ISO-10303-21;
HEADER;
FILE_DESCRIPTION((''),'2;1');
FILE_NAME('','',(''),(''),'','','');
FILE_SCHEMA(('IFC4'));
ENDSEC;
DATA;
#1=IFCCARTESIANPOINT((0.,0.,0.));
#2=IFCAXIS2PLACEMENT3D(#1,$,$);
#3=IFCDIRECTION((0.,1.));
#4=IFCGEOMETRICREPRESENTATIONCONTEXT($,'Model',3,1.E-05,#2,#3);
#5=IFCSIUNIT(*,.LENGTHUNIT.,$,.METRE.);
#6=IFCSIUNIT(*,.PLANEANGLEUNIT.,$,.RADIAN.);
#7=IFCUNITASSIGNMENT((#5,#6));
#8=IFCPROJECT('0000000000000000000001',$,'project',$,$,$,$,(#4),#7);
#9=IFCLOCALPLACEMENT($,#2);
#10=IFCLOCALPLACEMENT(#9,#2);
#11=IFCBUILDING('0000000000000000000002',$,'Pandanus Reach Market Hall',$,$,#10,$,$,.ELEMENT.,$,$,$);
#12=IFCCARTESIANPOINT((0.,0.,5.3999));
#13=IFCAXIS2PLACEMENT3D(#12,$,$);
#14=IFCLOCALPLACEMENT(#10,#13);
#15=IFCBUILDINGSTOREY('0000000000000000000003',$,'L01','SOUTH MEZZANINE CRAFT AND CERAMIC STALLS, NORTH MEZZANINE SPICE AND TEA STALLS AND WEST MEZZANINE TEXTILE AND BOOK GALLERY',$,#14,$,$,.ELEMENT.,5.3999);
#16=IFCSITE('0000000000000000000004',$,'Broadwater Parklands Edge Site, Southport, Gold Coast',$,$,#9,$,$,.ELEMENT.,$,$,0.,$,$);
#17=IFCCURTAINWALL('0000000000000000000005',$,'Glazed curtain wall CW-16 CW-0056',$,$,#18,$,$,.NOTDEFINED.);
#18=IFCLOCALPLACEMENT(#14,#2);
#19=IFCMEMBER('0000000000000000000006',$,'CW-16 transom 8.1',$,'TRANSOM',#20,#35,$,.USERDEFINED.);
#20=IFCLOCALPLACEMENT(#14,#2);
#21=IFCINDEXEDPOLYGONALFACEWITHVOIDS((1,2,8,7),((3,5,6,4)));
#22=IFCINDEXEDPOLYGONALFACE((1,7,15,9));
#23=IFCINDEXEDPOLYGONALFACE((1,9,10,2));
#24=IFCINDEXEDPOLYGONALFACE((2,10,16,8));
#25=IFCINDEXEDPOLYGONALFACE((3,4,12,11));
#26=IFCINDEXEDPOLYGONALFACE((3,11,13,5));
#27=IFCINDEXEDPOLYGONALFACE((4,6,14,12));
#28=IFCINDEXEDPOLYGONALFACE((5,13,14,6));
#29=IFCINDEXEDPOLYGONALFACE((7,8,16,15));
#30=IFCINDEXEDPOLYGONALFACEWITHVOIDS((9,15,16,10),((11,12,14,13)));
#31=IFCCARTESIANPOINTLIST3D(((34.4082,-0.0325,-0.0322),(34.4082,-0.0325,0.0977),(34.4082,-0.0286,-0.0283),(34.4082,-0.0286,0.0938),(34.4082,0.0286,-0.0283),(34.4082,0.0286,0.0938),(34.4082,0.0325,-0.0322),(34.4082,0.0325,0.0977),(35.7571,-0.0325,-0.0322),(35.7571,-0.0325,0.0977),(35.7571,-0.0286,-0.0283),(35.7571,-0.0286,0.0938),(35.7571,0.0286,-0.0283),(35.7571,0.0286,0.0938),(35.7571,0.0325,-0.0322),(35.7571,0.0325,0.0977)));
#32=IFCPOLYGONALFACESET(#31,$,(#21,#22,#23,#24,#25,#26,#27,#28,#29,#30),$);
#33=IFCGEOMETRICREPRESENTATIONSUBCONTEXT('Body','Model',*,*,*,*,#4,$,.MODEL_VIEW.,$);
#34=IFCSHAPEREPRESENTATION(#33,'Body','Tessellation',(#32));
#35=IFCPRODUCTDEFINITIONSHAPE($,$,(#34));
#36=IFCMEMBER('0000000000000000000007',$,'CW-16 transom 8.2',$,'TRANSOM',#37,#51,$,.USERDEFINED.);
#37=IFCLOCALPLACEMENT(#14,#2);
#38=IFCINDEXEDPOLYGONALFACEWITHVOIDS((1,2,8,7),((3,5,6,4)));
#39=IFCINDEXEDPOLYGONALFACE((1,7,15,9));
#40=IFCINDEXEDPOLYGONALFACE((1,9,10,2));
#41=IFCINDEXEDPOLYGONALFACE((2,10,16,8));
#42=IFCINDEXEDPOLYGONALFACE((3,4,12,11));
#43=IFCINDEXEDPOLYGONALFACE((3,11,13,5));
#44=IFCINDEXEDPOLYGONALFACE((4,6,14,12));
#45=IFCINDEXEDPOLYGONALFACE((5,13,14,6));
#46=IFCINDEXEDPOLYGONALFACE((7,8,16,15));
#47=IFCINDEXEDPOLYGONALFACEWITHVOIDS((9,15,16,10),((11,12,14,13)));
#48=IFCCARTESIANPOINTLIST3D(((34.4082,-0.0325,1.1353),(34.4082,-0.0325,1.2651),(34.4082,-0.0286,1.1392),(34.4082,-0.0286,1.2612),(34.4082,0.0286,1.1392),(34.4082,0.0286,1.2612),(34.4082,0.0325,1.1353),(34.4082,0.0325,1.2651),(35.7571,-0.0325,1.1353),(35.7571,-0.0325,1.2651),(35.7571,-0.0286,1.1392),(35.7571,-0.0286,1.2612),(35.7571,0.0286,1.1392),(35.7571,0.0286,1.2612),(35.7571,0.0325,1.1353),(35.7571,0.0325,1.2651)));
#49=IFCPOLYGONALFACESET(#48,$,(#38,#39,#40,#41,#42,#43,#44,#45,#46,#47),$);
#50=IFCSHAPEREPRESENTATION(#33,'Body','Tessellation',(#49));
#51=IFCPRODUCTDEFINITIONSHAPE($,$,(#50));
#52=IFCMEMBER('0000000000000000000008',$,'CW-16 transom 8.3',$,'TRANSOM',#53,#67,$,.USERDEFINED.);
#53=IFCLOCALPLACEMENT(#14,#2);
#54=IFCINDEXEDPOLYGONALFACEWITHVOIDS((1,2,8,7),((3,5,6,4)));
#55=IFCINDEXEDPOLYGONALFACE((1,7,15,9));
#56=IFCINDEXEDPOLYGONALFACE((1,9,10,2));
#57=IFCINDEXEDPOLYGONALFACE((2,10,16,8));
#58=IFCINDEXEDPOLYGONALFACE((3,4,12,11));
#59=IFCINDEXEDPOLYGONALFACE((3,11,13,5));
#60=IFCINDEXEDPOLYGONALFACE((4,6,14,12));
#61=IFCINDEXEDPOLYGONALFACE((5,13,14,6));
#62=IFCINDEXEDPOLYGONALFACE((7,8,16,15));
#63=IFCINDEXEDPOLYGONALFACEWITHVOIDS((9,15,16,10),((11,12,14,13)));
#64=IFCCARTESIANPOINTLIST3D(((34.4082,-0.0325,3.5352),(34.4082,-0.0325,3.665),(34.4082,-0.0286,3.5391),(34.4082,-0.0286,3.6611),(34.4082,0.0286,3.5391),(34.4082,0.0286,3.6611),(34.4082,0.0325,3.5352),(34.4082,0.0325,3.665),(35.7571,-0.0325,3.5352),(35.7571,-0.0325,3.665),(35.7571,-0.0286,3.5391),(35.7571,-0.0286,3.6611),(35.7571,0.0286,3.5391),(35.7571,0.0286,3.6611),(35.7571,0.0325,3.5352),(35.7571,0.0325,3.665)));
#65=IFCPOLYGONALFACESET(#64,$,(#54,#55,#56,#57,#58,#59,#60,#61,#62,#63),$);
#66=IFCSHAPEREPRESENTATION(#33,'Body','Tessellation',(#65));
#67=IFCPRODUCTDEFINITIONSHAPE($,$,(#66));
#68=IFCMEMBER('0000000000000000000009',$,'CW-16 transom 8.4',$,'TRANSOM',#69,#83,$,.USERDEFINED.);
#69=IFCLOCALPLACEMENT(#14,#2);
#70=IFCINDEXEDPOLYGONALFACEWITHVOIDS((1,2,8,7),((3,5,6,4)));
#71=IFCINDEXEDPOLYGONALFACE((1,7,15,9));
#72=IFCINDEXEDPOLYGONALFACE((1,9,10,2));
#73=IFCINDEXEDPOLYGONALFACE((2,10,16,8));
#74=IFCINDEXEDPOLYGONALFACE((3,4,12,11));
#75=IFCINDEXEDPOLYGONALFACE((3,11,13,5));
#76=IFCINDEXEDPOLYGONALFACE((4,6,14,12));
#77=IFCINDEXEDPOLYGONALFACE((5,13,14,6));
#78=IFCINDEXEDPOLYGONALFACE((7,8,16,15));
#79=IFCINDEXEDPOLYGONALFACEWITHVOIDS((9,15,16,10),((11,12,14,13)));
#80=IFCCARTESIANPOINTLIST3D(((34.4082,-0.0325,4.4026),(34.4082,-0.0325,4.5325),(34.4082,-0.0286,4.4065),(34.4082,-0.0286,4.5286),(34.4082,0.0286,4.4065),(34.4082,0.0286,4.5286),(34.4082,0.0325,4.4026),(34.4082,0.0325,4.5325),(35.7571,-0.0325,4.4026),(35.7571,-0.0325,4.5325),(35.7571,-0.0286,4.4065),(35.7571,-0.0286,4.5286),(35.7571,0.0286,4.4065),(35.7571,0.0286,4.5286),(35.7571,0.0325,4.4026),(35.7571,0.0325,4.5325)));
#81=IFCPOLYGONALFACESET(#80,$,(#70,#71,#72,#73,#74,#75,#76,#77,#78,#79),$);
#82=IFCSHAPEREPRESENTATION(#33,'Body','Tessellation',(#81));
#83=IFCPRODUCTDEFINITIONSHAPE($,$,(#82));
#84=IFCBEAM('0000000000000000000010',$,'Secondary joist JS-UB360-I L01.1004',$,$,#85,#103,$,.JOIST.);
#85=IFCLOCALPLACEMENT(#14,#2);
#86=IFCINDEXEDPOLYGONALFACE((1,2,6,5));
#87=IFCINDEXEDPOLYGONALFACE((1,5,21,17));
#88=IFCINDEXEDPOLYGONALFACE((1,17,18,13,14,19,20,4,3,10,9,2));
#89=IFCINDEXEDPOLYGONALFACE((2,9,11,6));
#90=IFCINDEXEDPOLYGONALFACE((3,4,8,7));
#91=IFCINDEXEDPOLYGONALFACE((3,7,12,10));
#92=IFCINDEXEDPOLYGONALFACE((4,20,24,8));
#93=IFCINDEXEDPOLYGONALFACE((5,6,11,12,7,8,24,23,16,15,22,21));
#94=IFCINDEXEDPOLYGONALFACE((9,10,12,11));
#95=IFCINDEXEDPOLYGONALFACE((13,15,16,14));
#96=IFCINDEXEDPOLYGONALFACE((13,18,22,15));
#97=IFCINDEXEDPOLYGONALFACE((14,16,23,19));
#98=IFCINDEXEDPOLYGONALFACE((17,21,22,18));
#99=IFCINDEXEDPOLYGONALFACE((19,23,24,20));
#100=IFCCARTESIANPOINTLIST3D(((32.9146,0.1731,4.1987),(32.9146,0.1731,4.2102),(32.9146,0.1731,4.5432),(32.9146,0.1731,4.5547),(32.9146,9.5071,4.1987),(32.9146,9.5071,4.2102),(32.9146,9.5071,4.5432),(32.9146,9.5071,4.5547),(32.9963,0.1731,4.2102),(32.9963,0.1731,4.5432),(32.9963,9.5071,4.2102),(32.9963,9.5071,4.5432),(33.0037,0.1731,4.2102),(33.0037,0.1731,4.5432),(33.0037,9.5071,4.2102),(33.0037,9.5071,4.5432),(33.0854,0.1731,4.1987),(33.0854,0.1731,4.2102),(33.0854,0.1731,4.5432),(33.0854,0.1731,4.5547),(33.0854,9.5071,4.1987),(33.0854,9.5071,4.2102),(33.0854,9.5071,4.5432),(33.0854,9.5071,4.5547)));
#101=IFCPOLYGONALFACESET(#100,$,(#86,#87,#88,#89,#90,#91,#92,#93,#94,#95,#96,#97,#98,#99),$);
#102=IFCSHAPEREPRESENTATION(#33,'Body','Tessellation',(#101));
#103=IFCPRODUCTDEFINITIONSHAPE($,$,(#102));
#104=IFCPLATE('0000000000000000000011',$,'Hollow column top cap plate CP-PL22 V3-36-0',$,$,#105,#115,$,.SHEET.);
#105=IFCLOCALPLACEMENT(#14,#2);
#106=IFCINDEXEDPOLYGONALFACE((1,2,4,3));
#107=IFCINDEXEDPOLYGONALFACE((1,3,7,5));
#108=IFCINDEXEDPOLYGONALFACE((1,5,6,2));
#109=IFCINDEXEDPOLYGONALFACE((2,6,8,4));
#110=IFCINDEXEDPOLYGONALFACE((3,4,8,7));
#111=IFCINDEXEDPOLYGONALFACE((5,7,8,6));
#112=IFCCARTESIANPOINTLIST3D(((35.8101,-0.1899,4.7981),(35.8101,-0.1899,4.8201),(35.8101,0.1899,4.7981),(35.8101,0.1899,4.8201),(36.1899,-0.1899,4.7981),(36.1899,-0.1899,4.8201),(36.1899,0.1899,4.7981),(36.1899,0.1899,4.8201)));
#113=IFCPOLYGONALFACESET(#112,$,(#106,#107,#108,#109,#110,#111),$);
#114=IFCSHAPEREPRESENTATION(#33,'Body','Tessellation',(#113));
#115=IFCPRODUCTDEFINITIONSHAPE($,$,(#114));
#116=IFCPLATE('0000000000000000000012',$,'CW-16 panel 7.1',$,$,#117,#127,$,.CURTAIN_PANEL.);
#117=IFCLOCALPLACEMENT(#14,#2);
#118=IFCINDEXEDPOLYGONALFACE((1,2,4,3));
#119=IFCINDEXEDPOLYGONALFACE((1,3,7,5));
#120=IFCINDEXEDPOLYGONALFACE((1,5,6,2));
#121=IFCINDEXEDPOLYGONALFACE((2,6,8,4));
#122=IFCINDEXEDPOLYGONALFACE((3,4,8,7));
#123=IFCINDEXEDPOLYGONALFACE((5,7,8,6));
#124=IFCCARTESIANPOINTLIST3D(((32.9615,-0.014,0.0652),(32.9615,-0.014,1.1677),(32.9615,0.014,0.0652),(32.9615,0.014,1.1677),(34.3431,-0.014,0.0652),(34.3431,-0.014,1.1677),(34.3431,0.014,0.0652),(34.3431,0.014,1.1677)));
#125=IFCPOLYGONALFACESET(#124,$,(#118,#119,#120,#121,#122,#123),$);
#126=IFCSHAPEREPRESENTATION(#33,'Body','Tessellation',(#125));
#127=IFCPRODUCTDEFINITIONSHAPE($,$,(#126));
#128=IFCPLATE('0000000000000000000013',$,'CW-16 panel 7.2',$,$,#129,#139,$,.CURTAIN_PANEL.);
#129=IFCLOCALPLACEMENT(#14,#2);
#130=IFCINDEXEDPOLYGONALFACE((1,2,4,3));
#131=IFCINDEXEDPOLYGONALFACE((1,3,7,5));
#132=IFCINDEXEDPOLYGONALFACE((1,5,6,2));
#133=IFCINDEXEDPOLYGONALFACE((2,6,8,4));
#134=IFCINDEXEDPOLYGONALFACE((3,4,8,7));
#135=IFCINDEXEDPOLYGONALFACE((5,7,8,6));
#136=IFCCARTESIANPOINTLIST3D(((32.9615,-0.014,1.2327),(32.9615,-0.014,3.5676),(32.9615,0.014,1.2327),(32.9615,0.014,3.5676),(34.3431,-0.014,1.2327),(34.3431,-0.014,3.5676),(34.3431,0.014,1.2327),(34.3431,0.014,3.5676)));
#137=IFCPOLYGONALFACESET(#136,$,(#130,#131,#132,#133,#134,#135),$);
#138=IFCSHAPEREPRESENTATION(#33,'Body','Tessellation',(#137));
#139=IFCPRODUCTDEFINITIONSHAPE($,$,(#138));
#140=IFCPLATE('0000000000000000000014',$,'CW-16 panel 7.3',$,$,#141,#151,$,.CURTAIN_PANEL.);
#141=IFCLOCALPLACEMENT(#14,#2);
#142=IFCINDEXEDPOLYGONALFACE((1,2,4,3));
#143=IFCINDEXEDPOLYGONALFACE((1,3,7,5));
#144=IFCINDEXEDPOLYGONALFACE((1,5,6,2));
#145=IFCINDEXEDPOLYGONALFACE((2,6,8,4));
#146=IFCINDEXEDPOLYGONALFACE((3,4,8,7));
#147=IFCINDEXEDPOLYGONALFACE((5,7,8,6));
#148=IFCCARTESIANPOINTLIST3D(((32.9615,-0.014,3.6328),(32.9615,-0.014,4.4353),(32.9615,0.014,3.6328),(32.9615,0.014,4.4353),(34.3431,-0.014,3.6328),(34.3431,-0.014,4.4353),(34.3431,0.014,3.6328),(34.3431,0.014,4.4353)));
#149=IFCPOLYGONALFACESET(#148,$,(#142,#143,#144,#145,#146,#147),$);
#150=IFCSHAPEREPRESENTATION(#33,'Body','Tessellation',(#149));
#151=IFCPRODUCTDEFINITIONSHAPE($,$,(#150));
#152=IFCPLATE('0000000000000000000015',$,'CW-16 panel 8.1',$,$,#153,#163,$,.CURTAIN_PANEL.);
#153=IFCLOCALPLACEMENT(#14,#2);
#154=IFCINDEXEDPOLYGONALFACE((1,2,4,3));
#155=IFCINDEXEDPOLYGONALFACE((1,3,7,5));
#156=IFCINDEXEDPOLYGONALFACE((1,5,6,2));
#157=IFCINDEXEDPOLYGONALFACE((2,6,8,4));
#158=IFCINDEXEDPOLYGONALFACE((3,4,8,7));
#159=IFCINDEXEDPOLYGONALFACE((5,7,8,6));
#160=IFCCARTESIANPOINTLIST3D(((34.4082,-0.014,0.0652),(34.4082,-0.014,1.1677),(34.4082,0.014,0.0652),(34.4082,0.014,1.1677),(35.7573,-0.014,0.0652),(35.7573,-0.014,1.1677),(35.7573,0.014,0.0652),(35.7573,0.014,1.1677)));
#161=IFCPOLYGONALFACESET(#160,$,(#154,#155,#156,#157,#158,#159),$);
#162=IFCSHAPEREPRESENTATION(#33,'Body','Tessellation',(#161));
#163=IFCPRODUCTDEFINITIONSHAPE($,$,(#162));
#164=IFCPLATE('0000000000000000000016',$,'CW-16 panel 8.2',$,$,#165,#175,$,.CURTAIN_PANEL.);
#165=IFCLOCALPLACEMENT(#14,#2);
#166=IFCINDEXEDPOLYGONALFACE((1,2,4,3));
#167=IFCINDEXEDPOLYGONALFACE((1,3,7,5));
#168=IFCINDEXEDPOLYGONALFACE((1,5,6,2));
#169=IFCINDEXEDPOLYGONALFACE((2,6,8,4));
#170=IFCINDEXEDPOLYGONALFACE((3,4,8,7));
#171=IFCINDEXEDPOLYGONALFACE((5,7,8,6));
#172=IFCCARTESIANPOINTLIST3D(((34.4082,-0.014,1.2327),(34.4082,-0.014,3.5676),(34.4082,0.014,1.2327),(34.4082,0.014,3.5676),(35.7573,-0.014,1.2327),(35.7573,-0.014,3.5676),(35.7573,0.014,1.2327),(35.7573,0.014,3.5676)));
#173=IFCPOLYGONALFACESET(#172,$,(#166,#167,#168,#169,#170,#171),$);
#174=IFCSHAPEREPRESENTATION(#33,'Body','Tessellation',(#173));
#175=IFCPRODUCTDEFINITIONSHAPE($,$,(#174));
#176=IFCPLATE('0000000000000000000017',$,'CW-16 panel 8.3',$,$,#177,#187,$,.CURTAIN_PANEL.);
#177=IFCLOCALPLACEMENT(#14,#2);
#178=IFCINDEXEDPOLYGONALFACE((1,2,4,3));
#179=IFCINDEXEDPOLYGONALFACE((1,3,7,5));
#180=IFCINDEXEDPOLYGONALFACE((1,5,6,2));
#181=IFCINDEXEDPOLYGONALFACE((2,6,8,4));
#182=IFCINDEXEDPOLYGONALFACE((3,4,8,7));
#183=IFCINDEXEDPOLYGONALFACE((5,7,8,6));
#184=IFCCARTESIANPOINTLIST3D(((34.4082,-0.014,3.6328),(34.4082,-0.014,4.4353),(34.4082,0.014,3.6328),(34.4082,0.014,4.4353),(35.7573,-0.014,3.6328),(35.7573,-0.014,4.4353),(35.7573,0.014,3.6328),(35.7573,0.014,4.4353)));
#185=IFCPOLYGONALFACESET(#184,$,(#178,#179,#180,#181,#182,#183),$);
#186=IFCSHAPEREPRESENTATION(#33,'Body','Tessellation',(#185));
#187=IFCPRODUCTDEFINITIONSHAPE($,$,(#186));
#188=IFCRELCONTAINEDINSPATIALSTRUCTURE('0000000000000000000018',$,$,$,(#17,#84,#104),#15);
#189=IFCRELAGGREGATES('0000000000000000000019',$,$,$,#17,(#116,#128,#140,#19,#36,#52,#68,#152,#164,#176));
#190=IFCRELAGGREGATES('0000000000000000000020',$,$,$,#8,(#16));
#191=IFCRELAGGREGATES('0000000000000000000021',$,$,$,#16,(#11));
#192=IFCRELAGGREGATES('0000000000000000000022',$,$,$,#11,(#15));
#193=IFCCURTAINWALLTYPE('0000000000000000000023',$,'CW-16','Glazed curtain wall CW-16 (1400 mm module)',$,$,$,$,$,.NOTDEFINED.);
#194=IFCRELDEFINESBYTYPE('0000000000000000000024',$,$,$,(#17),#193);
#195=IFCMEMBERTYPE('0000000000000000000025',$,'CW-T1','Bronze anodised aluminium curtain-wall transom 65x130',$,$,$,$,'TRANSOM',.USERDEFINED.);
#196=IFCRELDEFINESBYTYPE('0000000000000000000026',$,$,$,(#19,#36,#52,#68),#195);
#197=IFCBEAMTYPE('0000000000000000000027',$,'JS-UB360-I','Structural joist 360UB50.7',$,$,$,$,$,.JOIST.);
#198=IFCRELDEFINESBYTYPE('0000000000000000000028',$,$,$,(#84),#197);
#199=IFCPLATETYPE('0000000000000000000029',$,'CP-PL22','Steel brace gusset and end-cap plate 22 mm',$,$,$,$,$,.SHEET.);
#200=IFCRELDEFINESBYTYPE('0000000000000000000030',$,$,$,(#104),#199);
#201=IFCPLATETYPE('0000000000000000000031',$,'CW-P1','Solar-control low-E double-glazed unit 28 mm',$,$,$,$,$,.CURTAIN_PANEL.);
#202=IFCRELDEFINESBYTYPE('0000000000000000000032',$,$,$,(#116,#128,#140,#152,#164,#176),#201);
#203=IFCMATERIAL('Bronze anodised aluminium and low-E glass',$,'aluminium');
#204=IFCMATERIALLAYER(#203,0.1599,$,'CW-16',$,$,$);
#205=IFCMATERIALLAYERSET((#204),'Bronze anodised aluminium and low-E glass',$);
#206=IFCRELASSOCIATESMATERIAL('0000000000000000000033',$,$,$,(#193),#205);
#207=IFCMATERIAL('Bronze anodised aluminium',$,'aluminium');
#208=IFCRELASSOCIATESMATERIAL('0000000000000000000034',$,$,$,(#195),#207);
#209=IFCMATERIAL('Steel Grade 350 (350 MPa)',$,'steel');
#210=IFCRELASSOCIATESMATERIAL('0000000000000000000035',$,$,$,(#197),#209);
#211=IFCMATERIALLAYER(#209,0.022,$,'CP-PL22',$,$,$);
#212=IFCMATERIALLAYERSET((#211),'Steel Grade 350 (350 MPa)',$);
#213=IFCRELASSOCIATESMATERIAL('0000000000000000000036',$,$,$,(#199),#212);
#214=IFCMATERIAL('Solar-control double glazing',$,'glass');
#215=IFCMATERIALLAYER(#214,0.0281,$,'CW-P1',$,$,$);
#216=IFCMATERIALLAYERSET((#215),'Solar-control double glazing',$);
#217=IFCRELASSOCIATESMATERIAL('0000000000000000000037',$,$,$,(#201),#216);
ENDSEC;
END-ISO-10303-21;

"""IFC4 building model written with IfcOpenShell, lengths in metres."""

from ifc_helpers import new_model, si_unit, direction, frame, origin, origin_2d, place, context, subcontext, project, spatial, rectangle, hollow_rectangle, i_section, extrude, material, layer, layer_set, material_profile, profile_set, type_object, element, aggregate, save


model = new_model("IFC4")

# Units and contexts
model_context = context("Model", 3, precision=1e-05, world=origin(), true_north=direction((0.0, 1.0)))
body_context = subcontext(model_context, "Body", "Model", "MODEL_VIEW")
ifc_project = project(units=[si_unit("LENGTHUNIT", "METRE"), si_unit("PLANEANGLEUNIT", "RADIAN")], contexts=[model_context])

# Site, building, storey
site_placement = place(None, origin())
site = spatial("IfcSite", under=ifc_project, at=site_placement, Name="Broadwater Parklands Edge Site, Southport, Gold Coast", CompositionType="ELEMENT", RefElevation=0.0)
building_placement = place(site_placement, origin())
building = spatial("IfcBuilding", under=site, at=building_placement, Name="Pandanus Reach Market Hall", CompositionType="ELEMENT")
storey_placement = place(building_placement, frame((0.0, 0.0, 5.3999)))
storey = spatial("IfcBuildingStorey", under=building, at=storey_placement, Name="L01", Description="SOUTH MEZZANINE CRAFT AND CERAMIC STALLS, NORTH MEZZANINE SPICE AND TEA STALLS AND WEST MEZZANINE TEXTILE AND BOOK GALLERY", CompositionType="ELEMENT", Elevation=5.3999)

# Shared definitions
ifc_material_1 = material(Name="Steel Grade 350 (350 MPa)", Category="steel")

# Curtain wall
ifc_material_2 = material(Name="Bronze anodised aluminium and low-E glass", Category="aluminium")
ifc_layer_1 = layer(ifc_material_2, 0.1599, Name="CW-16")
ifc_layer_set_1 = layer_set([ifc_layer_1], Name="Bronze anodised aluminium and low-E glass")
curtain_wall_type_1 = type_object("IfcCurtainWallType", Name="CW-16", Description="Glazed curtain wall CW-16 (1400 mm module)", PredefinedType="NOTDEFINED", material=ifc_layer_set_1)
curtain_wall_1_placement = place(storey_placement, origin())
curtain_wall_1 = element("IfcCurtainWall", 1, at=curtain_wall_1_placement, inside=storey, type_object=curtain_wall_type_1, Name="Glazed curtain wall CW-16 CW-0056", PredefinedType="NOTDEFINED")
ifc_material_3 = material(Name="Bronze anodised aluminium", Category="aluminium")

# Members
ifc_material_profile_1 = material_profile(ifc_material_3, hollow_rectangle(XDim=0.0649, YDim=0.1299, WallThickness=0.0039, at=origin_2d()), Name="ALU65x130", Category="LoadBearing")
ifc_profile_set_1 = profile_set([ifc_material_profile_1], Name="Bronze anodised aluminium")
member_type_1 = type_object("IfcMemberType", Name="CW-T1", Description="Bronze anodised aluminium curtain-wall transom 65x130", ElementType="TRANSOM", PredefinedType="USERDEFINED", material=ifc_profile_set_1)
member_1_placement = place(storey_placement, frame((34.4082, 0.0, 0.0327), z_axis=(1.0, 0.0, 0.0), x_axis=(0.0, 1.0, 0.0)))
member_1 = element("IfcMember", 2, at=member_1_placement, type_object=member_type_1, Name="CW-16 transom 8.1", ObjectType="TRANSOM", PredefinedType="USERDEFINED", context=body_context, shape_type="SweptSolid", body=[
    extrude(hollow_rectangle(XDim=0.0649, YDim=0.1299, WallThickness=0.0039, at=origin_2d()), origin(), (0.0, 0.0, 1.0), 1.3489),
])
member_2_placement = place(storey_placement, frame((34.4082, 0.0, 1.2002), z_axis=(1.0, 0.0, 0.0), x_axis=(0.0, 1.0, 0.0)))
member_2 = element("IfcMember", 3, at=member_2_placement, type_object=member_type_1, Name="CW-16 transom 8.2", ObjectType="TRANSOM", PredefinedType="USERDEFINED", context=body_context, shape_type="SweptSolid", body=[
    extrude(hollow_rectangle(XDim=0.0649, YDim=0.1299, WallThickness=0.0039, at=origin_2d()), origin(), (0.0, 0.0, 1.0), 1.3489),
])
member_3_placement = place(storey_placement, frame((34.4082, 0.0, 3.6001), z_axis=(1.0, 0.0, 0.0), x_axis=(0.0, 1.0, 0.0)))
member_3 = element("IfcMember", 4, at=member_3_placement, type_object=member_type_1, Name="CW-16 transom 8.3", ObjectType="TRANSOM", PredefinedType="USERDEFINED", context=body_context, shape_type="SweptSolid", body=[
    extrude(hollow_rectangle(XDim=0.0649, YDim=0.1299, WallThickness=0.0039, at=origin_2d()), origin(), (0.0, 0.0, 1.0), 1.3489),
])
member_4_placement = place(storey_placement, frame((34.4082, 0.0, 4.4675), z_axis=(1.0, 0.0, 0.0), x_axis=(0.0, 1.0, 0.0)))
member_4 = element("IfcMember", 5, at=member_4_placement, type_object=member_type_1, Name="CW-16 transom 8.4", ObjectType="TRANSOM", PredefinedType="USERDEFINED", context=body_context, shape_type="SweptSolid", body=[
    extrude(hollow_rectangle(XDim=0.0649, YDim=0.1299, WallThickness=0.0039, at=origin_2d()), origin(), (0.0, 0.0, 1.0), 1.3489),
])

# Beam
ifc_material_profile_2 = material_profile(ifc_material_1, i_section(OverallWidth=0.1709, OverallDepth=0.356, WebThickness=0.0073, FlangeThickness=0.0115, at=origin_2d()), Name="360UB50.7", Category="LoadBearing")
ifc_profile_set_2 = profile_set([ifc_material_profile_2], Name="Steel Grade 350 (350 MPa)")
beam_type_1 = type_object("IfcBeamType", Name="JS-UB360-I", Description="Structural joist 360UB50.7", PredefinedType="JOIST", material=ifc_profile_set_2)
beam_1_placement = place(storey_placement, frame((33.0, 0.1731, 4.3767), z_axis=(0.0, 1.0, 0.0), x_axis=(-1.0, 0.0, 0.0)))
element("IfcBeam", 6, at=beam_1_placement, inside=storey, type_object=beam_type_1, Name="Secondary joist JS-UB360-I L01.1004", PredefinedType="JOIST", context=body_context, shape_type="SweptSolid", body=[
    extrude(i_section(OverallWidth=0.1709, OverallDepth=0.356, WebThickness=0.0073, FlangeThickness=0.0115, at=origin_2d()), origin(), (0.0, 0.0, 1.0), 9.334),
])

# Plates
ifc_layer_2 = layer(ifc_material_1, 0.022, Name="CP-PL22")
ifc_layer_set_2 = layer_set([ifc_layer_2], Name="Steel Grade 350 (350 MPa)")
plate_type_1 = type_object("IfcPlateType", Name="CP-PL22", Description="Steel brace gusset and end-cap plate 22 mm", PredefinedType="SHEET", material=ifc_layer_set_2)
plate_1_placement = place(storey_placement, frame((36.0, 0.0, 4.7981), z_axis=(0.0, 0.0, 1.0), x_axis=(1.0, 0.0, 0.0)))
element("IfcPlate", 7, at=plate_1_placement, inside=storey, type_object=plate_type_1, Name="Hollow column top cap plate CP-PL22 V3-36-0", PredefinedType="SHEET", context=body_context, shape_type="SweptSolid", body=[
    extrude(rectangle(XDim=0.3799, YDim=0.3799, at=origin_2d()), origin(), (0.0, 0.0, 1.0), 0.022),
])
ifc_material_4 = material(Name="Solar-control double glazing", Category="glass")
ifc_layer_3 = layer(ifc_material_4, 0.0281, Name="CW-P1")
ifc_layer_set_3 = layer_set([ifc_layer_3], Name="Solar-control double glazing")
plate_type_2 = type_object("IfcPlateType", Name="CW-P1", Description="Solar-control low-E double-glazed unit 28 mm", PredefinedType="CURTAIN_PANEL", material=ifc_layer_set_3)
plate_2_placement = place(storey_placement, frame((33.6523, 0.0, 0.0652), z_axis=(0.0, 0.0, 1.0), x_axis=(1.0, 0.0, 0.0)))
plate_2 = element("IfcPlate", 8, at=plate_2_placement, type_object=plate_type_2, Name="CW-16 panel 7.1", PredefinedType="CURTAIN_PANEL", context=body_context, shape_type="SweptSolid", body=[
    extrude(rectangle(XDim=1.3816, YDim=0.0281, at=origin_2d()), origin(), (0.0, 0.0, 1.0), 1.1025),
])
plate_3_placement = place(storey_placement, frame((33.6523, 0.0, 1.2327), z_axis=(0.0, 0.0, 1.0), x_axis=(1.0, 0.0, 0.0)))
plate_3 = element("IfcPlate", 9, at=plate_3_placement, type_object=plate_type_2, Name="CW-16 panel 7.2", PredefinedType="CURTAIN_PANEL", context=body_context, shape_type="SweptSolid", body=[
    extrude(rectangle(XDim=1.3816, YDim=0.0281, at=origin_2d()), origin(), (0.0, 0.0, 1.0), 2.335),
])
plate_4_placement = place(storey_placement, frame((33.6523, 0.0, 3.6328), z_axis=(0.0, 0.0, 1.0), x_axis=(1.0, 0.0, 0.0)))
plate_4 = element("IfcPlate", 10, at=plate_4_placement, type_object=plate_type_2, Name="CW-16 panel 7.3", PredefinedType="CURTAIN_PANEL", context=body_context, shape_type="SweptSolid", body=[
    extrude(rectangle(XDim=1.3816, YDim=0.0281, at=origin_2d()), origin(), (0.0, 0.0, 1.0), 0.8025),
])
plate_5_placement = place(storey_placement, frame((35.0828, 0.0, 0.0652), z_axis=(0.0, 0.0, 1.0), x_axis=(1.0, 0.0, 0.0)))
plate_5 = element("IfcPlate", 11, at=plate_5_placement, type_object=plate_type_2, Name="CW-16 panel 8.1", PredefinedType="CURTAIN_PANEL", context=body_context, shape_type="SweptSolid", body=[
    extrude(rectangle(XDim=1.3491, YDim=0.0281, at=origin_2d()), origin(), (0.0, 0.0, 1.0), 1.1025),
])
plate_6_placement = place(storey_placement, frame((35.0828, 0.0, 1.2327), z_axis=(0.0, 0.0, 1.0), x_axis=(1.0, 0.0, 0.0)))
plate_6 = element("IfcPlate", 12, at=plate_6_placement, type_object=plate_type_2, Name="CW-16 panel 8.2", PredefinedType="CURTAIN_PANEL", context=body_context, shape_type="SweptSolid", body=[
    extrude(rectangle(XDim=1.3491, YDim=0.0281, at=origin_2d()), origin(), (0.0, 0.0, 1.0), 2.335),
])
plate_7_placement = place(storey_placement, frame((35.0828, 0.0, 3.6328), z_axis=(0.0, 0.0, 1.0), x_axis=(1.0, 0.0, 0.0)))
plate_7 = element("IfcPlate", 13, at=plate_7_placement, type_object=plate_type_2, Name="CW-16 panel 8.3", PredefinedType="CURTAIN_PANEL", context=body_context, shape_type="SweptSolid", body=[
    extrude(rectangle(XDim=1.3491, YDim=0.0281, at=origin_2d()), origin(), (0.0, 0.0, 1.0), 0.8025),
])
aggregate(curtain_wall_1, [plate_2, plate_3, plate_4, member_1, member_2, member_3, member_4, plate_5, plate_6, plate_7])

save(model, "model.ifc")
